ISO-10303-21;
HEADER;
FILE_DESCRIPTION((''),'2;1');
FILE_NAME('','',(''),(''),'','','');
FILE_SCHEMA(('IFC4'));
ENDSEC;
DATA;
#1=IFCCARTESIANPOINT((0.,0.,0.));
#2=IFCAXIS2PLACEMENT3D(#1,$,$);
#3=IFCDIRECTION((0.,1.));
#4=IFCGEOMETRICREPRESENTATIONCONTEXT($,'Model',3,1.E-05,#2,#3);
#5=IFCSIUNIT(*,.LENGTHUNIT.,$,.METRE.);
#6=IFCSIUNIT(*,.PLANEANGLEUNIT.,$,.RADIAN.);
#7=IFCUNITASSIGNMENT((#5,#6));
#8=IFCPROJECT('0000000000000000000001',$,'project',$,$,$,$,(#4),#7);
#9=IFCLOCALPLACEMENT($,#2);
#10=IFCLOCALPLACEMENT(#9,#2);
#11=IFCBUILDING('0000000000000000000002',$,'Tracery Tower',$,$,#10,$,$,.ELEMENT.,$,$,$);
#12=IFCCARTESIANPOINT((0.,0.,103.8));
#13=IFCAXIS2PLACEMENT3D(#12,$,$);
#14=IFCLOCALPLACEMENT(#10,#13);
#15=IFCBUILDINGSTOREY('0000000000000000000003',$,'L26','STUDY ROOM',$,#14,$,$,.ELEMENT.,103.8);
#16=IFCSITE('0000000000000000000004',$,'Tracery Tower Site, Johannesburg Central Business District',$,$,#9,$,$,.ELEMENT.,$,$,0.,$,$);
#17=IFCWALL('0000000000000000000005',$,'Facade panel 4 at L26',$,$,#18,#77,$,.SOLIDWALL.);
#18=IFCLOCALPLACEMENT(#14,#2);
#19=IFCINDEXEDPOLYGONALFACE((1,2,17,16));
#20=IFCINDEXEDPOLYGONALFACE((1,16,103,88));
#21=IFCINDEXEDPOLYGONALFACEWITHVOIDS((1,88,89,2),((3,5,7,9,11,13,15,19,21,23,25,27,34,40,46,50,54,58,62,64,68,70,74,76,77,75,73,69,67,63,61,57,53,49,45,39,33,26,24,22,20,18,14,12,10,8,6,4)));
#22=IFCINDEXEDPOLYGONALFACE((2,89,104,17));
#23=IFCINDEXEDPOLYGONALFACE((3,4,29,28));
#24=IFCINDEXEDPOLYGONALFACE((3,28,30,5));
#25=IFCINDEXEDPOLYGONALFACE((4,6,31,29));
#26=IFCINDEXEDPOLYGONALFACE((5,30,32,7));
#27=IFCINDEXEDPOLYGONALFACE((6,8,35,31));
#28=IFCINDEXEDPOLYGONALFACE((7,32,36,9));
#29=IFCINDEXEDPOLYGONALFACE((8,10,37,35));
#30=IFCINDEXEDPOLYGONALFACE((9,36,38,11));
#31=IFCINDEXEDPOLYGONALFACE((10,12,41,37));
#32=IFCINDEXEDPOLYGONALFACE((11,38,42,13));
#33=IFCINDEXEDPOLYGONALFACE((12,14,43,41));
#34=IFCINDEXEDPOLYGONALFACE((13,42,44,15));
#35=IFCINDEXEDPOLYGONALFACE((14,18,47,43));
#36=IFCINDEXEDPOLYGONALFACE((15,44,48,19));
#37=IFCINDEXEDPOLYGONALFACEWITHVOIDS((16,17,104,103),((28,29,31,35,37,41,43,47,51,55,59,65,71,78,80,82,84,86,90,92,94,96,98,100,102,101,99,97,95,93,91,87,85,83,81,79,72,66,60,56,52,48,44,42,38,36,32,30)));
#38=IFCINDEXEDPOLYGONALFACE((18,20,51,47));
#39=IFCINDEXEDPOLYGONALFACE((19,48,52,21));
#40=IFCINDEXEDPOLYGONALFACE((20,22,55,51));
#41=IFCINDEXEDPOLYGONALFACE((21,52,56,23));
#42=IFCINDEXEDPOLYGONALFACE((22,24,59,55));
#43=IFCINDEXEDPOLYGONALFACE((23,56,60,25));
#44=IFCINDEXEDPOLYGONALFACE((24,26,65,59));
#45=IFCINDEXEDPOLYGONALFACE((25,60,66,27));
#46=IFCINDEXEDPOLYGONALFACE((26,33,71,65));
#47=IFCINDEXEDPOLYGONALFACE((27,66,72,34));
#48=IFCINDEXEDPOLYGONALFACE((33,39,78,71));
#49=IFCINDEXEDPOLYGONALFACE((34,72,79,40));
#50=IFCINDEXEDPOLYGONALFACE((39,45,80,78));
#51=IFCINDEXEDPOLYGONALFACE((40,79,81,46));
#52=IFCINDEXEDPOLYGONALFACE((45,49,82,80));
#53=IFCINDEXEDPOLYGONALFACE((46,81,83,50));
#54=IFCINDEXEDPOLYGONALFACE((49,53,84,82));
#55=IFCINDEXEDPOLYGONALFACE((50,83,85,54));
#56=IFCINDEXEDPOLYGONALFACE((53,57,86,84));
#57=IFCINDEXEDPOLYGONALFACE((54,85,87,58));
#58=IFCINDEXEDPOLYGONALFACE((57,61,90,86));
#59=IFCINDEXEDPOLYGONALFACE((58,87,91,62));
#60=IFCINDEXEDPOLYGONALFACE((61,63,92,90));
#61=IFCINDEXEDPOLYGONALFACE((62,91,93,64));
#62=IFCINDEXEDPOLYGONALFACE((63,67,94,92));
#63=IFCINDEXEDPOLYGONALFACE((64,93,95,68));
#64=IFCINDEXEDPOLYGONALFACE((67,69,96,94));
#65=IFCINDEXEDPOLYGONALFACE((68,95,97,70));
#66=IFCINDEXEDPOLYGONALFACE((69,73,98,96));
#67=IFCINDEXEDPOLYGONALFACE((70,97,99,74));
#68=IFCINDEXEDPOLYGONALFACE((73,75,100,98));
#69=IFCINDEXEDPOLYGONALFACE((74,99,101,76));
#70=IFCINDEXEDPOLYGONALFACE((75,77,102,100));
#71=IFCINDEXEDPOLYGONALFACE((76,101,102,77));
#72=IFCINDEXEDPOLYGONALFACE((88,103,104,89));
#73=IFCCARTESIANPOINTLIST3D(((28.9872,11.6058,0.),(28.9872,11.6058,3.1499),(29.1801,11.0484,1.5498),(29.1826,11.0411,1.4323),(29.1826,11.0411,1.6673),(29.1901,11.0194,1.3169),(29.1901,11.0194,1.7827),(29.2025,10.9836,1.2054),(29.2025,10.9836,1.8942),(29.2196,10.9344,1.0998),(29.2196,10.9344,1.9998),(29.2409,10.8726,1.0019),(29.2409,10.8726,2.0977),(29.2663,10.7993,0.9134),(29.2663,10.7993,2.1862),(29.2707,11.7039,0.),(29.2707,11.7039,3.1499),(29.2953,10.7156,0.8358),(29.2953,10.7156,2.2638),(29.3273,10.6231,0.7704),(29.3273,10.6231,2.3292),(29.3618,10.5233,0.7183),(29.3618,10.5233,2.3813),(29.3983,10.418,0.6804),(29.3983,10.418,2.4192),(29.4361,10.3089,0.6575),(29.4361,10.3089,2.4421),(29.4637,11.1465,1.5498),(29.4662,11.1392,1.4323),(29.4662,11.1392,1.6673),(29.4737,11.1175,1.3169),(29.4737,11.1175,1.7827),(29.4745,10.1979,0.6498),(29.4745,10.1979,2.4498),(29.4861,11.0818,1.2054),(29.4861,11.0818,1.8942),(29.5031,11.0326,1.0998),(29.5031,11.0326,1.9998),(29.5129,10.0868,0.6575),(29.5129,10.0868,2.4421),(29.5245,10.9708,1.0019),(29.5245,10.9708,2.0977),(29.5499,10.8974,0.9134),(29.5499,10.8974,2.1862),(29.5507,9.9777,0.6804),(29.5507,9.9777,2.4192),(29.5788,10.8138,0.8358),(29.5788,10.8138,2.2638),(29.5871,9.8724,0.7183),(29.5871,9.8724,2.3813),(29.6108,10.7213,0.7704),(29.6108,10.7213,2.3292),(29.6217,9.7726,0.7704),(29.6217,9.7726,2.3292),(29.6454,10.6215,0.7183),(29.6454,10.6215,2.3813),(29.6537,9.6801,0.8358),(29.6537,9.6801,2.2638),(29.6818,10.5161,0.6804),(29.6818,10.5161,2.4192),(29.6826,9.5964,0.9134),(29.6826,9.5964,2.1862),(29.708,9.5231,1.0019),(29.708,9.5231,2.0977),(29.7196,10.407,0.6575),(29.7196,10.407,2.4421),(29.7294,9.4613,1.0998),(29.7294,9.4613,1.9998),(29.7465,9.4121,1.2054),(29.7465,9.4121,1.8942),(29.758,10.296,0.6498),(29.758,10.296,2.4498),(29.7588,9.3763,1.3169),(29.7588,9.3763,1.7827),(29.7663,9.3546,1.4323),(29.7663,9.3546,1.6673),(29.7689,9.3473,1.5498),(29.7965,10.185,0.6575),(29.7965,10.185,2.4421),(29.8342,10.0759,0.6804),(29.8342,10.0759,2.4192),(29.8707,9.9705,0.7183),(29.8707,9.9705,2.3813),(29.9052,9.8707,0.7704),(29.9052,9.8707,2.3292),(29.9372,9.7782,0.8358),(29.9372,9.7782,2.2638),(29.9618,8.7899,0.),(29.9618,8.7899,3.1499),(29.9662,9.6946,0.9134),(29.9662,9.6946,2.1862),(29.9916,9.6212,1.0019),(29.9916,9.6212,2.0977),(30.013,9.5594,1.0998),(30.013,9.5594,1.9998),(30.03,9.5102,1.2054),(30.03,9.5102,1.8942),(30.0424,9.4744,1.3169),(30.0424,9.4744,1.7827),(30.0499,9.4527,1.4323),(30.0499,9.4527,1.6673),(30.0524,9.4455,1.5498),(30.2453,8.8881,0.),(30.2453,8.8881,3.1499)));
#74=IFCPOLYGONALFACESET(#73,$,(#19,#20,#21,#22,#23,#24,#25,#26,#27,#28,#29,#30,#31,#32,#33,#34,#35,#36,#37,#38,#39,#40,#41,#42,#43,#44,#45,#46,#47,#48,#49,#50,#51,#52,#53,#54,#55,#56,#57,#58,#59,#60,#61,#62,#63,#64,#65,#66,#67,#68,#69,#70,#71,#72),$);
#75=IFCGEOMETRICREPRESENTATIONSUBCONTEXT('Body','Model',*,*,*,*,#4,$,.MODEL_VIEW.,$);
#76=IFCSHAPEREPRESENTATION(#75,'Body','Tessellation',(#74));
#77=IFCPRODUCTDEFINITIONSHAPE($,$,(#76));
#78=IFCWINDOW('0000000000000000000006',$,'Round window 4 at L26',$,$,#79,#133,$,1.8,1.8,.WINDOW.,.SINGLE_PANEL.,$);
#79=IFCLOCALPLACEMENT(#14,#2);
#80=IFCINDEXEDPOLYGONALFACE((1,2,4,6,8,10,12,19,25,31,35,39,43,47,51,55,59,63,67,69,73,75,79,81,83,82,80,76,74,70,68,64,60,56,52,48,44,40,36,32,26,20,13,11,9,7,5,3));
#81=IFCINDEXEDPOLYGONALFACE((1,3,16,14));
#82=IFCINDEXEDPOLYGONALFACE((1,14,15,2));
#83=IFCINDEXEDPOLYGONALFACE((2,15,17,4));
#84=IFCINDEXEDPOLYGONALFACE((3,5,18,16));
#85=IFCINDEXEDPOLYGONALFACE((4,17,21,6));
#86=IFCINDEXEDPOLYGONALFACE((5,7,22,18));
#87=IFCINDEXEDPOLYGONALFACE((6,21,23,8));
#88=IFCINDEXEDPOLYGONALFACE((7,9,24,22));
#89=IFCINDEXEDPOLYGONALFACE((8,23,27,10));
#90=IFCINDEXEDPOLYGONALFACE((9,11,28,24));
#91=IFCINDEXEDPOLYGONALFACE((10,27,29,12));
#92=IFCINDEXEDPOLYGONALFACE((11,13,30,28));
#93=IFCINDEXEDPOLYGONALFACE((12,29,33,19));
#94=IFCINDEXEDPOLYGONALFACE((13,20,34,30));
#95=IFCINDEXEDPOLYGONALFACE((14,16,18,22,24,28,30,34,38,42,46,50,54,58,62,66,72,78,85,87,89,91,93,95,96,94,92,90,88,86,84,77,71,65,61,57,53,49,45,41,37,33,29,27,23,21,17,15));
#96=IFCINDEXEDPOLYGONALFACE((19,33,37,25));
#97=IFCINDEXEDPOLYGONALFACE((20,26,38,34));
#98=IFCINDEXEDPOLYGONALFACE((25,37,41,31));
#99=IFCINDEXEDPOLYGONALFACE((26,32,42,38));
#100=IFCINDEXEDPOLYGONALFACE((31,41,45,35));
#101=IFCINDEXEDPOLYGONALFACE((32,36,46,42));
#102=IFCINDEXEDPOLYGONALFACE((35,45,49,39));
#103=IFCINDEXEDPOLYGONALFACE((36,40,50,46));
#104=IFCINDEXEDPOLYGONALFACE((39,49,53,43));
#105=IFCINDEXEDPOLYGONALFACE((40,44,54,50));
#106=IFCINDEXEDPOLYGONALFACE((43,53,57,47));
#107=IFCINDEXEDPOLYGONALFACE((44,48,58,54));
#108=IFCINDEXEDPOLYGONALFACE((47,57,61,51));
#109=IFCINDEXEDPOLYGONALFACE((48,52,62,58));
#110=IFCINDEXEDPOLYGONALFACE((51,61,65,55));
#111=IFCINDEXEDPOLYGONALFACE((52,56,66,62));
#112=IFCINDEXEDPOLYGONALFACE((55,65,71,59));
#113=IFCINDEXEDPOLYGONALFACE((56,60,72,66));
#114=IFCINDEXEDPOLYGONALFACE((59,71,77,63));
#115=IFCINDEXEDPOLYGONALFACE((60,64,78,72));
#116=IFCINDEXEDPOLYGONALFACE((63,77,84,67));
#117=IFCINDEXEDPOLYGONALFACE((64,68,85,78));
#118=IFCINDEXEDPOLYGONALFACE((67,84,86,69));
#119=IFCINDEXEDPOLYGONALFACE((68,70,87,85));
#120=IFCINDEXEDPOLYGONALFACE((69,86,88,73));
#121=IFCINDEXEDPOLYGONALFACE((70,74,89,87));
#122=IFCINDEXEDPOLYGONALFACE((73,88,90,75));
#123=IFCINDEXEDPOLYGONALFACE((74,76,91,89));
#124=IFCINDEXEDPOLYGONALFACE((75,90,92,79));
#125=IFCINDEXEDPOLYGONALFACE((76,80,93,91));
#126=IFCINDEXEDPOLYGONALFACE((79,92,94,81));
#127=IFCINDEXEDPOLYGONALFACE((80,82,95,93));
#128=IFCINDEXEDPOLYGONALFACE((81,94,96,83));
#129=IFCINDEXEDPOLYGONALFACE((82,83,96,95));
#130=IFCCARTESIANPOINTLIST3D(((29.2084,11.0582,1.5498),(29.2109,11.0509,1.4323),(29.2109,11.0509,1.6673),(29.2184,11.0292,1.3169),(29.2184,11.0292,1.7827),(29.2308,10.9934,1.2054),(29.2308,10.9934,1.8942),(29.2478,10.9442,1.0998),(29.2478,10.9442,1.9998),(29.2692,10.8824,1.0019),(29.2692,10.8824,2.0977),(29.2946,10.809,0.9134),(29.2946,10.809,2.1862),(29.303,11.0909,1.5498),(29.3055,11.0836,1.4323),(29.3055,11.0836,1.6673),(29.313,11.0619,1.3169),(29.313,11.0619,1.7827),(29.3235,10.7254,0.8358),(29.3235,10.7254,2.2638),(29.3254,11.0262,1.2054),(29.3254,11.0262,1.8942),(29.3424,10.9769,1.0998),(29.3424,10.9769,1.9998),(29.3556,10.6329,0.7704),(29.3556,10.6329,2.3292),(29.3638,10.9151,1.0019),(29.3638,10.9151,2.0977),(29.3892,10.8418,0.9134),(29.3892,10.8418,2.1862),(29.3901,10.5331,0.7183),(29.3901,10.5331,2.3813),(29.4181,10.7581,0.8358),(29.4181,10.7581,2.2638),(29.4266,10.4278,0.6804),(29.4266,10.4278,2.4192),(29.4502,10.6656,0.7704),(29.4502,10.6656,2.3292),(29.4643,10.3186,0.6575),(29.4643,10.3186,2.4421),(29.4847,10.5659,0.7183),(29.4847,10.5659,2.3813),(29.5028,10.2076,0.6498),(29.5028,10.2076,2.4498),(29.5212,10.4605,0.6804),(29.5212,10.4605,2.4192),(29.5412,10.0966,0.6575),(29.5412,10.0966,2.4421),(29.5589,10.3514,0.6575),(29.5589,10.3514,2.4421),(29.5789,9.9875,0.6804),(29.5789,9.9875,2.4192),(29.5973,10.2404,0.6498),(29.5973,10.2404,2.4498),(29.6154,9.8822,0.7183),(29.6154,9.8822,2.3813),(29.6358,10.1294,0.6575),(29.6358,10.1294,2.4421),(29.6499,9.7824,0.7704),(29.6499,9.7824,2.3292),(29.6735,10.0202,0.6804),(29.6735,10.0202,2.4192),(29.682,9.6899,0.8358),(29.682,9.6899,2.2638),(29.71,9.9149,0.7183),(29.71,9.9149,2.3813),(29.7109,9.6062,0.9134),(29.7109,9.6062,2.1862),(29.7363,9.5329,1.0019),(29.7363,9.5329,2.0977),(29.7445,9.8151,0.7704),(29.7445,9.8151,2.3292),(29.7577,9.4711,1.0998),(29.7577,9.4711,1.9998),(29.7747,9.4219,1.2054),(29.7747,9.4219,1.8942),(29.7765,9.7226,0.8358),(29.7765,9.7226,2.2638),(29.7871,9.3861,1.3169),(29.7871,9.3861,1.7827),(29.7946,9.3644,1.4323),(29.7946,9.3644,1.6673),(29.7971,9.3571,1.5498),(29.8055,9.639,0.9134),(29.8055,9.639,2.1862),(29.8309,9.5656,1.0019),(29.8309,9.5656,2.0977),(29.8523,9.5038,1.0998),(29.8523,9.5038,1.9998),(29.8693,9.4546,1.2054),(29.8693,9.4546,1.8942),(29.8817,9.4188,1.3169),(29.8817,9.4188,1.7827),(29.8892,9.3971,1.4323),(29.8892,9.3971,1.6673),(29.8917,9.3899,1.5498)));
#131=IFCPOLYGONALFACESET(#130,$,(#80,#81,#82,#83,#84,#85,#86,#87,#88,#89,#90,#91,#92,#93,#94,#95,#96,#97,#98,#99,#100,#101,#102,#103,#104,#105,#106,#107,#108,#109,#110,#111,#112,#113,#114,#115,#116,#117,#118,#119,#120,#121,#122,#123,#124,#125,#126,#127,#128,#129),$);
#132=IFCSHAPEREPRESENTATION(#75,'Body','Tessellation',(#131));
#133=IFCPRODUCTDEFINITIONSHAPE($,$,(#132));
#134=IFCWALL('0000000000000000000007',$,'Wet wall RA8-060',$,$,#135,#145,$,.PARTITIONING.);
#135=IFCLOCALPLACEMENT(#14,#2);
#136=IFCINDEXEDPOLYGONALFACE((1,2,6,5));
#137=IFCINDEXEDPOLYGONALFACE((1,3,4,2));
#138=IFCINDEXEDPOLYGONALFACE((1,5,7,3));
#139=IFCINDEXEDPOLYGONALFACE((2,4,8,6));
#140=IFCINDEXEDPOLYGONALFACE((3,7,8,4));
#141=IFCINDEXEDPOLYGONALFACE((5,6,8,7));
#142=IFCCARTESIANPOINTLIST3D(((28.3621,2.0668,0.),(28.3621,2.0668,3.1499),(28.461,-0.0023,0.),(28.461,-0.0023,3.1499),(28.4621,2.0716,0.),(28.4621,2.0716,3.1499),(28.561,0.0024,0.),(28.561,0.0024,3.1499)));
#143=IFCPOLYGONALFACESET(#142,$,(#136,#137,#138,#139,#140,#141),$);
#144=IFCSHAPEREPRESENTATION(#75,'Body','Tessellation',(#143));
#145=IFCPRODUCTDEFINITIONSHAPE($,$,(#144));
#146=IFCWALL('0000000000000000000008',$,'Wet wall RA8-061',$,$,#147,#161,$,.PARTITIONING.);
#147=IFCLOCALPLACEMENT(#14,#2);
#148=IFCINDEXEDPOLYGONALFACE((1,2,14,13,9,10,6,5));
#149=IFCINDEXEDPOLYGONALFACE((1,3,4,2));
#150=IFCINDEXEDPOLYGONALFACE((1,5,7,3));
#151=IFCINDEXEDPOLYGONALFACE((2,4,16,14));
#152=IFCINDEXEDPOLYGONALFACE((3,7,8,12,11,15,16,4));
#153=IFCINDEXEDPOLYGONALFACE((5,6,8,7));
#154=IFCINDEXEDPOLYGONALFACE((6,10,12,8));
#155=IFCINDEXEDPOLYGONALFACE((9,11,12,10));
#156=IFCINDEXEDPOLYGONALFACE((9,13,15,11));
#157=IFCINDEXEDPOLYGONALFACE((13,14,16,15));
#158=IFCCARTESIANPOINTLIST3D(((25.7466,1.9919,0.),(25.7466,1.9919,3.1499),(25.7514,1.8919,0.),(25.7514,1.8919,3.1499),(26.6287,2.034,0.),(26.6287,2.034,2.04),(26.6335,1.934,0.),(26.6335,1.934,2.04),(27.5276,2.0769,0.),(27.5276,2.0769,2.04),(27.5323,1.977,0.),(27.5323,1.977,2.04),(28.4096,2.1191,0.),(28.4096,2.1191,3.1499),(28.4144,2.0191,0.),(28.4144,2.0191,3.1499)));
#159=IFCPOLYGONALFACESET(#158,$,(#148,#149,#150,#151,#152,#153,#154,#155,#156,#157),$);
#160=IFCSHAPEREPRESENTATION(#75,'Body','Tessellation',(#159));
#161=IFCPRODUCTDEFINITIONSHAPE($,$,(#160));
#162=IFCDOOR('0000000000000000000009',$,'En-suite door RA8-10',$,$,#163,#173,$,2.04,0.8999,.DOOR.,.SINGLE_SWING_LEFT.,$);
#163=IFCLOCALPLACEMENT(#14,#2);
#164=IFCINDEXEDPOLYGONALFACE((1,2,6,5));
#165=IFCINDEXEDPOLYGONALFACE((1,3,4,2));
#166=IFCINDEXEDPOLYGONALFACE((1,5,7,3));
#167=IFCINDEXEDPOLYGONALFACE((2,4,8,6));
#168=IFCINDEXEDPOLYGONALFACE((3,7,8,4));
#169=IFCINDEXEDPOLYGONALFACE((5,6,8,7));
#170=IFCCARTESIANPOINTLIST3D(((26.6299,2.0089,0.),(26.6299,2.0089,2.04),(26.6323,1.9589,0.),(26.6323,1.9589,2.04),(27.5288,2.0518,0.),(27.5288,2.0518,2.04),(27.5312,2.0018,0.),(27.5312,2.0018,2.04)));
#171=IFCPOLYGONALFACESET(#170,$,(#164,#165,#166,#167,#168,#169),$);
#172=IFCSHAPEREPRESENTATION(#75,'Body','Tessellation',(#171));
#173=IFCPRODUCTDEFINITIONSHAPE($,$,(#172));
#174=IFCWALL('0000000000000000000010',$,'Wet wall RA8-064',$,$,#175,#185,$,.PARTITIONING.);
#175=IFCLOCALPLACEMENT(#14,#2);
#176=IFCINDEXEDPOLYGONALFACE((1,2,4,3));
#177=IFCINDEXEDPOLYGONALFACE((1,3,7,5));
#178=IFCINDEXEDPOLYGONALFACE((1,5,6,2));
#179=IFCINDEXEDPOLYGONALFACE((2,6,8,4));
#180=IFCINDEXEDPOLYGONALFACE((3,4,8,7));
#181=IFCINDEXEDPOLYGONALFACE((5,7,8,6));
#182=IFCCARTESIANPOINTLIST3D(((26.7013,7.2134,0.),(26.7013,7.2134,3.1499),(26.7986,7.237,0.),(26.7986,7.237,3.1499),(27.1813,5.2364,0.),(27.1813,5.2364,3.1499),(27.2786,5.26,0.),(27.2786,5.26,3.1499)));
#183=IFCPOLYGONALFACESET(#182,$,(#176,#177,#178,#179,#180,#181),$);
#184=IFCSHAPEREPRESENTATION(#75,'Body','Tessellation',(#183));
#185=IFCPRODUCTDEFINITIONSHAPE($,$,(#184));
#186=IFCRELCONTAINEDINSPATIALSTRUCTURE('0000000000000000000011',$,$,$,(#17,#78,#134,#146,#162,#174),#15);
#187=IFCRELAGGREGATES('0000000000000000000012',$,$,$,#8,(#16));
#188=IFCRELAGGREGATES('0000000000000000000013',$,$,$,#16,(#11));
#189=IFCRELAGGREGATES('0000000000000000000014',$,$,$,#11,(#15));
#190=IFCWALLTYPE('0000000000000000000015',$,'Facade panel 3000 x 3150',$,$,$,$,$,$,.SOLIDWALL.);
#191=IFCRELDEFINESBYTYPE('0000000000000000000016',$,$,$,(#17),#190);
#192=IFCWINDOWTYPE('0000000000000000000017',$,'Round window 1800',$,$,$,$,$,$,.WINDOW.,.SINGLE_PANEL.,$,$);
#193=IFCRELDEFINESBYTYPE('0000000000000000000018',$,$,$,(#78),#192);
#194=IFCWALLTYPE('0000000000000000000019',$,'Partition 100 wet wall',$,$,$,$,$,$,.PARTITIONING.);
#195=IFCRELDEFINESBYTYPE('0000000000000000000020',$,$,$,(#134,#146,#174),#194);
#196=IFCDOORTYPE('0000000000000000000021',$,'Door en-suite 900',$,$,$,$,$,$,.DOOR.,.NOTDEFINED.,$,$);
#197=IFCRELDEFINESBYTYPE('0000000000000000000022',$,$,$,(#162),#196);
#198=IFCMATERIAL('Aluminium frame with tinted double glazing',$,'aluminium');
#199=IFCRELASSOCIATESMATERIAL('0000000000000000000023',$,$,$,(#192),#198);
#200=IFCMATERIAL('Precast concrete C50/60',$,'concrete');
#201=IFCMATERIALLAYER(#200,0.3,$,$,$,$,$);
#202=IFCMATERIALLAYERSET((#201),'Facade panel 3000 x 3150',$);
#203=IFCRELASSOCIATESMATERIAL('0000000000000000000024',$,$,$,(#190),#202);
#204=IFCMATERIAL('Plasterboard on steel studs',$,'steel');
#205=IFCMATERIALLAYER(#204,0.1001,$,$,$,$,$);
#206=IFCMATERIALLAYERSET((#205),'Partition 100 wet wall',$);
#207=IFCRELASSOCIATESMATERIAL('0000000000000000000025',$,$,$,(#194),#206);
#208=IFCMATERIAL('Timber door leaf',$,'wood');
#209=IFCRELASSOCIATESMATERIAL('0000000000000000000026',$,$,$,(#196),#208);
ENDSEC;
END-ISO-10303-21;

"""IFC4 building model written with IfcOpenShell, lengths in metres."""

from ifc_helpers import new_model, si_unit, direction, frame, frame_2d, origin, origin_2d, place, context, subcontext, project, spatial, rectangle, circle, extrude, material, layer, layer_set, type_object, element, fill, save


model = new_model("IFC4")

# Units and contexts
model_context = context("Model", 3, precision=1e-05, world=origin(), true_north=direction((0.0, 1.0)))
body_context = subcontext(model_context, "Body", "Model", "MODEL_VIEW")
ifc_project = project(units=[si_unit("LENGTHUNIT", "METRE"), si_unit("PLANEANGLEUNIT", "RADIAN")], contexts=[model_context])

# Site, building, storey
site_placement = place(None, origin())
site = spatial("IfcSite", under=ifc_project, at=site_placement, Name="Tracery Tower Site, Johannesburg Central Business District", CompositionType="ELEMENT", RefElevation=0.0)
building_placement = place(site_placement, origin())
building = spatial("IfcBuilding", under=site, at=building_placement, Name="Tracery Tower", CompositionType="ELEMENT")
storey_placement = place(building_placement, frame((0.0, 0.0, 103.8)))
storey = spatial("IfcBuildingStorey", under=building, at=storey_placement, Name="L26", Description="STUDY ROOM", CompositionType="ELEMENT", Elevation=103.8)

# Wall, opening, window
ifc_material_1 = material(Name="Aluminium frame with tinted double glazing", Category="aluminium")
window_type = type_object("IfcWindowType", Name="Round window 1800", PartitioningType="SINGLE_PANEL", PredefinedType="WINDOW", material=ifc_material_1)
ifc_material_2 = material(Name="Precast concrete C50/60", Category="concrete")
ifc_layer_1 = layer(ifc_material_2, 0.3)
ifc_layer_set_1 = layer_set([ifc_layer_1], Name="Facade panel 3000 x 3150")
wall_type_1 = type_object("IfcWallType", Name="Facade panel 3000 x 3150", PredefinedType="SOLIDWALL", material=ifc_layer_set_1)
wall_1_placement = place(storey_placement, frame((30.1035, 8.8391, 0.0), z_axis=(0.0, 0.0, 1.0), x_axis=(-0.327071, 0.945, 0.0)))
wall_1 = element("IfcWall", 1, at=wall_1_placement, inside=storey, type_object=wall_type_1, Name="Facade panel 4 at L26", PredefinedType="SOLIDWALL", context=body_context, shape_type="SweptSolid", body=[
    extrude(rectangle(XDim=2.9797, YDim=0.3, at=frame_2d((1.4897, 0.0))), origin(), (0.0, 0.0, 1.0), 3.1499),
])
opening_1_placement = place(wall_1_placement, frame((1.4897, 0.0, 1.5498)))
opening_1 = element("IfcOpeningElement", 2, at=opening_1_placement, cuts=wall_1, PredefinedType="OPENING", context=body_context, shape_type="SweptSolid", body=[
    extrude(circle(Radius=0.9, at=origin_2d()), frame((0.0, 0.1599, 0.0), z_axis=(0.0, -1.0, 0.0), x_axis=(1.0, 0.0, 0.0)), (0.0, 0.0, 1.0), 0.3201),
])
window_1_placement = place(opening_1_placement, origin())
window_1 = element("IfcWindow", 3, at=window_1_placement, inside=storey, type_object=window_type, Name="Round window 4 at L26", OverallHeight=1.8, OverallWidth=1.8, PartitioningType="SINGLE_PANEL", PredefinedType="WINDOW", context=body_context, shape_type="SweptSolid", body=[
    extrude(circle(Radius=0.9, at=origin_2d()), frame((0.0, 0.1201, 0.0), z_axis=(0.0, -1.0, 0.0), x_axis=(1.0, 0.0, 0.0)), (0.0, 0.0, 1.0), 0.1001),
])
fill(opening_1, window_1)

# Wall
ifc_material_3 = material(Name="Plasterboard on steel studs", Category="steel")
ifc_layer_2 = layer(ifc_material_3, 0.1001)
ifc_layer_set_2 = layer_set([ifc_layer_2], Name="Partition 100 wet wall")
wall_type_2 = type_object("IfcWallType", Name="Partition 100 wet wall", PredefinedType="PARTITIONING", material=ifc_layer_set_2)
wall_2_placement = place(storey_placement, frame((28.4121, 2.0691, 0.0), z_axis=(0.0, 0.0, 1.0), x_axis=(0.047733, -0.99886, 0.0)))
element("IfcWall", 4, at=wall_2_placement, inside=storey, type_object=wall_type_2, Name="Wet wall RA8-060", PredefinedType="PARTITIONING", context=body_context, shape_type="SweptSolid", body=[
    extrude(rectangle(XDim=2.0715, YDim=0.1001, at=frame_2d((1.0356, 0.0))), origin(), (0.0, 0.0, 1.0), 3.1499),
])

# Wall, opening, door
wall_3_placement = place(storey_placement, frame((25.749, 1.9419, 0.0), z_axis=(0.0, 0.0, 1.0), x_axis=(0.998861, 0.047709, 0.0)))
wall_3 = element("IfcWall", 5, at=wall_3_placement, inside=storey, type_object=wall_type_2, Name="Wet wall RA8-061", PredefinedType="PARTITIONING", context=body_context, shape_type="SweptSolid", body=[
    extrude(rectangle(XDim=2.666, YDim=0.1001, at=frame_2d((1.333, 0.0))), origin(), (0.0, 0.0, 1.0), 3.1499),
])
opening_2_placement = place(wall_3_placement, frame((0.8831, 0.0, 0.0)))
opening_2 = element("IfcOpeningElement", 6, at=opening_2_placement, cuts=wall_3, PredefinedType="OPENING", context=body_context, shape_type="SweptSolid", body=[
    extrude(rectangle(XDim=0.8999, YDim=2.04, at=frame_2d((0.45, 1.02))), frame((0.0, 0.05, 0.0), z_axis=(0.0, -1.0, 0.0), x_axis=(1.0, 0.0, 0.0)), (0.0, 0.0, 1.0), 0.1001),
])
ifc_material_4 = material(Name="Timber door leaf", Category="wood")
door_type = type_object("IfcDoorType", Name="Door en-suite 900", OperationType="NOTDEFINED", PredefinedType="DOOR", material=ifc_material_4)
door_1_placement = place(opening_2_placement, origin())
door_1 = element("IfcDoor", 7, at=door_1_placement, inside=storey, type_object=door_type, Name="En-suite door RA8-10", OperationType="SINGLE_SWING_LEFT", OverallHeight=2.04, OverallWidth=0.8999, PredefinedType="DOOR", context=body_context, shape_type="SweptSolid", body=[
    extrude(rectangle(XDim=0.8999, YDim=2.04, at=frame_2d((0.45, 1.02))), frame((0.0, 0.0249, 0.0), z_axis=(0.0, -1.0, 0.0), x_axis=(1.0, 0.0, 0.0)), (0.0, 0.0, 1.0), 0.05),
])
fill(opening_2, door_1)

# Wall
wall_4_placement = place(storey_placement, frame((26.75, 7.2251, 0.0), z_axis=(0.0, 0.0, 1.0), x_axis=(0.235923, -0.971772, 0.0)))
element("IfcWall", 8, at=wall_4_placement, inside=storey, type_object=wall_type_2, Name="Wet wall RA8-064", PredefinedType="PARTITIONING", context=body_context, shape_type="SweptSolid", body=[
    extrude(rectangle(XDim=2.0344, YDim=0.1001, at=frame_2d((1.0171, 0.0))), origin(), (0.0, 0.0, 1.0), 3.1499),
])

save(model, "model.ifc")
